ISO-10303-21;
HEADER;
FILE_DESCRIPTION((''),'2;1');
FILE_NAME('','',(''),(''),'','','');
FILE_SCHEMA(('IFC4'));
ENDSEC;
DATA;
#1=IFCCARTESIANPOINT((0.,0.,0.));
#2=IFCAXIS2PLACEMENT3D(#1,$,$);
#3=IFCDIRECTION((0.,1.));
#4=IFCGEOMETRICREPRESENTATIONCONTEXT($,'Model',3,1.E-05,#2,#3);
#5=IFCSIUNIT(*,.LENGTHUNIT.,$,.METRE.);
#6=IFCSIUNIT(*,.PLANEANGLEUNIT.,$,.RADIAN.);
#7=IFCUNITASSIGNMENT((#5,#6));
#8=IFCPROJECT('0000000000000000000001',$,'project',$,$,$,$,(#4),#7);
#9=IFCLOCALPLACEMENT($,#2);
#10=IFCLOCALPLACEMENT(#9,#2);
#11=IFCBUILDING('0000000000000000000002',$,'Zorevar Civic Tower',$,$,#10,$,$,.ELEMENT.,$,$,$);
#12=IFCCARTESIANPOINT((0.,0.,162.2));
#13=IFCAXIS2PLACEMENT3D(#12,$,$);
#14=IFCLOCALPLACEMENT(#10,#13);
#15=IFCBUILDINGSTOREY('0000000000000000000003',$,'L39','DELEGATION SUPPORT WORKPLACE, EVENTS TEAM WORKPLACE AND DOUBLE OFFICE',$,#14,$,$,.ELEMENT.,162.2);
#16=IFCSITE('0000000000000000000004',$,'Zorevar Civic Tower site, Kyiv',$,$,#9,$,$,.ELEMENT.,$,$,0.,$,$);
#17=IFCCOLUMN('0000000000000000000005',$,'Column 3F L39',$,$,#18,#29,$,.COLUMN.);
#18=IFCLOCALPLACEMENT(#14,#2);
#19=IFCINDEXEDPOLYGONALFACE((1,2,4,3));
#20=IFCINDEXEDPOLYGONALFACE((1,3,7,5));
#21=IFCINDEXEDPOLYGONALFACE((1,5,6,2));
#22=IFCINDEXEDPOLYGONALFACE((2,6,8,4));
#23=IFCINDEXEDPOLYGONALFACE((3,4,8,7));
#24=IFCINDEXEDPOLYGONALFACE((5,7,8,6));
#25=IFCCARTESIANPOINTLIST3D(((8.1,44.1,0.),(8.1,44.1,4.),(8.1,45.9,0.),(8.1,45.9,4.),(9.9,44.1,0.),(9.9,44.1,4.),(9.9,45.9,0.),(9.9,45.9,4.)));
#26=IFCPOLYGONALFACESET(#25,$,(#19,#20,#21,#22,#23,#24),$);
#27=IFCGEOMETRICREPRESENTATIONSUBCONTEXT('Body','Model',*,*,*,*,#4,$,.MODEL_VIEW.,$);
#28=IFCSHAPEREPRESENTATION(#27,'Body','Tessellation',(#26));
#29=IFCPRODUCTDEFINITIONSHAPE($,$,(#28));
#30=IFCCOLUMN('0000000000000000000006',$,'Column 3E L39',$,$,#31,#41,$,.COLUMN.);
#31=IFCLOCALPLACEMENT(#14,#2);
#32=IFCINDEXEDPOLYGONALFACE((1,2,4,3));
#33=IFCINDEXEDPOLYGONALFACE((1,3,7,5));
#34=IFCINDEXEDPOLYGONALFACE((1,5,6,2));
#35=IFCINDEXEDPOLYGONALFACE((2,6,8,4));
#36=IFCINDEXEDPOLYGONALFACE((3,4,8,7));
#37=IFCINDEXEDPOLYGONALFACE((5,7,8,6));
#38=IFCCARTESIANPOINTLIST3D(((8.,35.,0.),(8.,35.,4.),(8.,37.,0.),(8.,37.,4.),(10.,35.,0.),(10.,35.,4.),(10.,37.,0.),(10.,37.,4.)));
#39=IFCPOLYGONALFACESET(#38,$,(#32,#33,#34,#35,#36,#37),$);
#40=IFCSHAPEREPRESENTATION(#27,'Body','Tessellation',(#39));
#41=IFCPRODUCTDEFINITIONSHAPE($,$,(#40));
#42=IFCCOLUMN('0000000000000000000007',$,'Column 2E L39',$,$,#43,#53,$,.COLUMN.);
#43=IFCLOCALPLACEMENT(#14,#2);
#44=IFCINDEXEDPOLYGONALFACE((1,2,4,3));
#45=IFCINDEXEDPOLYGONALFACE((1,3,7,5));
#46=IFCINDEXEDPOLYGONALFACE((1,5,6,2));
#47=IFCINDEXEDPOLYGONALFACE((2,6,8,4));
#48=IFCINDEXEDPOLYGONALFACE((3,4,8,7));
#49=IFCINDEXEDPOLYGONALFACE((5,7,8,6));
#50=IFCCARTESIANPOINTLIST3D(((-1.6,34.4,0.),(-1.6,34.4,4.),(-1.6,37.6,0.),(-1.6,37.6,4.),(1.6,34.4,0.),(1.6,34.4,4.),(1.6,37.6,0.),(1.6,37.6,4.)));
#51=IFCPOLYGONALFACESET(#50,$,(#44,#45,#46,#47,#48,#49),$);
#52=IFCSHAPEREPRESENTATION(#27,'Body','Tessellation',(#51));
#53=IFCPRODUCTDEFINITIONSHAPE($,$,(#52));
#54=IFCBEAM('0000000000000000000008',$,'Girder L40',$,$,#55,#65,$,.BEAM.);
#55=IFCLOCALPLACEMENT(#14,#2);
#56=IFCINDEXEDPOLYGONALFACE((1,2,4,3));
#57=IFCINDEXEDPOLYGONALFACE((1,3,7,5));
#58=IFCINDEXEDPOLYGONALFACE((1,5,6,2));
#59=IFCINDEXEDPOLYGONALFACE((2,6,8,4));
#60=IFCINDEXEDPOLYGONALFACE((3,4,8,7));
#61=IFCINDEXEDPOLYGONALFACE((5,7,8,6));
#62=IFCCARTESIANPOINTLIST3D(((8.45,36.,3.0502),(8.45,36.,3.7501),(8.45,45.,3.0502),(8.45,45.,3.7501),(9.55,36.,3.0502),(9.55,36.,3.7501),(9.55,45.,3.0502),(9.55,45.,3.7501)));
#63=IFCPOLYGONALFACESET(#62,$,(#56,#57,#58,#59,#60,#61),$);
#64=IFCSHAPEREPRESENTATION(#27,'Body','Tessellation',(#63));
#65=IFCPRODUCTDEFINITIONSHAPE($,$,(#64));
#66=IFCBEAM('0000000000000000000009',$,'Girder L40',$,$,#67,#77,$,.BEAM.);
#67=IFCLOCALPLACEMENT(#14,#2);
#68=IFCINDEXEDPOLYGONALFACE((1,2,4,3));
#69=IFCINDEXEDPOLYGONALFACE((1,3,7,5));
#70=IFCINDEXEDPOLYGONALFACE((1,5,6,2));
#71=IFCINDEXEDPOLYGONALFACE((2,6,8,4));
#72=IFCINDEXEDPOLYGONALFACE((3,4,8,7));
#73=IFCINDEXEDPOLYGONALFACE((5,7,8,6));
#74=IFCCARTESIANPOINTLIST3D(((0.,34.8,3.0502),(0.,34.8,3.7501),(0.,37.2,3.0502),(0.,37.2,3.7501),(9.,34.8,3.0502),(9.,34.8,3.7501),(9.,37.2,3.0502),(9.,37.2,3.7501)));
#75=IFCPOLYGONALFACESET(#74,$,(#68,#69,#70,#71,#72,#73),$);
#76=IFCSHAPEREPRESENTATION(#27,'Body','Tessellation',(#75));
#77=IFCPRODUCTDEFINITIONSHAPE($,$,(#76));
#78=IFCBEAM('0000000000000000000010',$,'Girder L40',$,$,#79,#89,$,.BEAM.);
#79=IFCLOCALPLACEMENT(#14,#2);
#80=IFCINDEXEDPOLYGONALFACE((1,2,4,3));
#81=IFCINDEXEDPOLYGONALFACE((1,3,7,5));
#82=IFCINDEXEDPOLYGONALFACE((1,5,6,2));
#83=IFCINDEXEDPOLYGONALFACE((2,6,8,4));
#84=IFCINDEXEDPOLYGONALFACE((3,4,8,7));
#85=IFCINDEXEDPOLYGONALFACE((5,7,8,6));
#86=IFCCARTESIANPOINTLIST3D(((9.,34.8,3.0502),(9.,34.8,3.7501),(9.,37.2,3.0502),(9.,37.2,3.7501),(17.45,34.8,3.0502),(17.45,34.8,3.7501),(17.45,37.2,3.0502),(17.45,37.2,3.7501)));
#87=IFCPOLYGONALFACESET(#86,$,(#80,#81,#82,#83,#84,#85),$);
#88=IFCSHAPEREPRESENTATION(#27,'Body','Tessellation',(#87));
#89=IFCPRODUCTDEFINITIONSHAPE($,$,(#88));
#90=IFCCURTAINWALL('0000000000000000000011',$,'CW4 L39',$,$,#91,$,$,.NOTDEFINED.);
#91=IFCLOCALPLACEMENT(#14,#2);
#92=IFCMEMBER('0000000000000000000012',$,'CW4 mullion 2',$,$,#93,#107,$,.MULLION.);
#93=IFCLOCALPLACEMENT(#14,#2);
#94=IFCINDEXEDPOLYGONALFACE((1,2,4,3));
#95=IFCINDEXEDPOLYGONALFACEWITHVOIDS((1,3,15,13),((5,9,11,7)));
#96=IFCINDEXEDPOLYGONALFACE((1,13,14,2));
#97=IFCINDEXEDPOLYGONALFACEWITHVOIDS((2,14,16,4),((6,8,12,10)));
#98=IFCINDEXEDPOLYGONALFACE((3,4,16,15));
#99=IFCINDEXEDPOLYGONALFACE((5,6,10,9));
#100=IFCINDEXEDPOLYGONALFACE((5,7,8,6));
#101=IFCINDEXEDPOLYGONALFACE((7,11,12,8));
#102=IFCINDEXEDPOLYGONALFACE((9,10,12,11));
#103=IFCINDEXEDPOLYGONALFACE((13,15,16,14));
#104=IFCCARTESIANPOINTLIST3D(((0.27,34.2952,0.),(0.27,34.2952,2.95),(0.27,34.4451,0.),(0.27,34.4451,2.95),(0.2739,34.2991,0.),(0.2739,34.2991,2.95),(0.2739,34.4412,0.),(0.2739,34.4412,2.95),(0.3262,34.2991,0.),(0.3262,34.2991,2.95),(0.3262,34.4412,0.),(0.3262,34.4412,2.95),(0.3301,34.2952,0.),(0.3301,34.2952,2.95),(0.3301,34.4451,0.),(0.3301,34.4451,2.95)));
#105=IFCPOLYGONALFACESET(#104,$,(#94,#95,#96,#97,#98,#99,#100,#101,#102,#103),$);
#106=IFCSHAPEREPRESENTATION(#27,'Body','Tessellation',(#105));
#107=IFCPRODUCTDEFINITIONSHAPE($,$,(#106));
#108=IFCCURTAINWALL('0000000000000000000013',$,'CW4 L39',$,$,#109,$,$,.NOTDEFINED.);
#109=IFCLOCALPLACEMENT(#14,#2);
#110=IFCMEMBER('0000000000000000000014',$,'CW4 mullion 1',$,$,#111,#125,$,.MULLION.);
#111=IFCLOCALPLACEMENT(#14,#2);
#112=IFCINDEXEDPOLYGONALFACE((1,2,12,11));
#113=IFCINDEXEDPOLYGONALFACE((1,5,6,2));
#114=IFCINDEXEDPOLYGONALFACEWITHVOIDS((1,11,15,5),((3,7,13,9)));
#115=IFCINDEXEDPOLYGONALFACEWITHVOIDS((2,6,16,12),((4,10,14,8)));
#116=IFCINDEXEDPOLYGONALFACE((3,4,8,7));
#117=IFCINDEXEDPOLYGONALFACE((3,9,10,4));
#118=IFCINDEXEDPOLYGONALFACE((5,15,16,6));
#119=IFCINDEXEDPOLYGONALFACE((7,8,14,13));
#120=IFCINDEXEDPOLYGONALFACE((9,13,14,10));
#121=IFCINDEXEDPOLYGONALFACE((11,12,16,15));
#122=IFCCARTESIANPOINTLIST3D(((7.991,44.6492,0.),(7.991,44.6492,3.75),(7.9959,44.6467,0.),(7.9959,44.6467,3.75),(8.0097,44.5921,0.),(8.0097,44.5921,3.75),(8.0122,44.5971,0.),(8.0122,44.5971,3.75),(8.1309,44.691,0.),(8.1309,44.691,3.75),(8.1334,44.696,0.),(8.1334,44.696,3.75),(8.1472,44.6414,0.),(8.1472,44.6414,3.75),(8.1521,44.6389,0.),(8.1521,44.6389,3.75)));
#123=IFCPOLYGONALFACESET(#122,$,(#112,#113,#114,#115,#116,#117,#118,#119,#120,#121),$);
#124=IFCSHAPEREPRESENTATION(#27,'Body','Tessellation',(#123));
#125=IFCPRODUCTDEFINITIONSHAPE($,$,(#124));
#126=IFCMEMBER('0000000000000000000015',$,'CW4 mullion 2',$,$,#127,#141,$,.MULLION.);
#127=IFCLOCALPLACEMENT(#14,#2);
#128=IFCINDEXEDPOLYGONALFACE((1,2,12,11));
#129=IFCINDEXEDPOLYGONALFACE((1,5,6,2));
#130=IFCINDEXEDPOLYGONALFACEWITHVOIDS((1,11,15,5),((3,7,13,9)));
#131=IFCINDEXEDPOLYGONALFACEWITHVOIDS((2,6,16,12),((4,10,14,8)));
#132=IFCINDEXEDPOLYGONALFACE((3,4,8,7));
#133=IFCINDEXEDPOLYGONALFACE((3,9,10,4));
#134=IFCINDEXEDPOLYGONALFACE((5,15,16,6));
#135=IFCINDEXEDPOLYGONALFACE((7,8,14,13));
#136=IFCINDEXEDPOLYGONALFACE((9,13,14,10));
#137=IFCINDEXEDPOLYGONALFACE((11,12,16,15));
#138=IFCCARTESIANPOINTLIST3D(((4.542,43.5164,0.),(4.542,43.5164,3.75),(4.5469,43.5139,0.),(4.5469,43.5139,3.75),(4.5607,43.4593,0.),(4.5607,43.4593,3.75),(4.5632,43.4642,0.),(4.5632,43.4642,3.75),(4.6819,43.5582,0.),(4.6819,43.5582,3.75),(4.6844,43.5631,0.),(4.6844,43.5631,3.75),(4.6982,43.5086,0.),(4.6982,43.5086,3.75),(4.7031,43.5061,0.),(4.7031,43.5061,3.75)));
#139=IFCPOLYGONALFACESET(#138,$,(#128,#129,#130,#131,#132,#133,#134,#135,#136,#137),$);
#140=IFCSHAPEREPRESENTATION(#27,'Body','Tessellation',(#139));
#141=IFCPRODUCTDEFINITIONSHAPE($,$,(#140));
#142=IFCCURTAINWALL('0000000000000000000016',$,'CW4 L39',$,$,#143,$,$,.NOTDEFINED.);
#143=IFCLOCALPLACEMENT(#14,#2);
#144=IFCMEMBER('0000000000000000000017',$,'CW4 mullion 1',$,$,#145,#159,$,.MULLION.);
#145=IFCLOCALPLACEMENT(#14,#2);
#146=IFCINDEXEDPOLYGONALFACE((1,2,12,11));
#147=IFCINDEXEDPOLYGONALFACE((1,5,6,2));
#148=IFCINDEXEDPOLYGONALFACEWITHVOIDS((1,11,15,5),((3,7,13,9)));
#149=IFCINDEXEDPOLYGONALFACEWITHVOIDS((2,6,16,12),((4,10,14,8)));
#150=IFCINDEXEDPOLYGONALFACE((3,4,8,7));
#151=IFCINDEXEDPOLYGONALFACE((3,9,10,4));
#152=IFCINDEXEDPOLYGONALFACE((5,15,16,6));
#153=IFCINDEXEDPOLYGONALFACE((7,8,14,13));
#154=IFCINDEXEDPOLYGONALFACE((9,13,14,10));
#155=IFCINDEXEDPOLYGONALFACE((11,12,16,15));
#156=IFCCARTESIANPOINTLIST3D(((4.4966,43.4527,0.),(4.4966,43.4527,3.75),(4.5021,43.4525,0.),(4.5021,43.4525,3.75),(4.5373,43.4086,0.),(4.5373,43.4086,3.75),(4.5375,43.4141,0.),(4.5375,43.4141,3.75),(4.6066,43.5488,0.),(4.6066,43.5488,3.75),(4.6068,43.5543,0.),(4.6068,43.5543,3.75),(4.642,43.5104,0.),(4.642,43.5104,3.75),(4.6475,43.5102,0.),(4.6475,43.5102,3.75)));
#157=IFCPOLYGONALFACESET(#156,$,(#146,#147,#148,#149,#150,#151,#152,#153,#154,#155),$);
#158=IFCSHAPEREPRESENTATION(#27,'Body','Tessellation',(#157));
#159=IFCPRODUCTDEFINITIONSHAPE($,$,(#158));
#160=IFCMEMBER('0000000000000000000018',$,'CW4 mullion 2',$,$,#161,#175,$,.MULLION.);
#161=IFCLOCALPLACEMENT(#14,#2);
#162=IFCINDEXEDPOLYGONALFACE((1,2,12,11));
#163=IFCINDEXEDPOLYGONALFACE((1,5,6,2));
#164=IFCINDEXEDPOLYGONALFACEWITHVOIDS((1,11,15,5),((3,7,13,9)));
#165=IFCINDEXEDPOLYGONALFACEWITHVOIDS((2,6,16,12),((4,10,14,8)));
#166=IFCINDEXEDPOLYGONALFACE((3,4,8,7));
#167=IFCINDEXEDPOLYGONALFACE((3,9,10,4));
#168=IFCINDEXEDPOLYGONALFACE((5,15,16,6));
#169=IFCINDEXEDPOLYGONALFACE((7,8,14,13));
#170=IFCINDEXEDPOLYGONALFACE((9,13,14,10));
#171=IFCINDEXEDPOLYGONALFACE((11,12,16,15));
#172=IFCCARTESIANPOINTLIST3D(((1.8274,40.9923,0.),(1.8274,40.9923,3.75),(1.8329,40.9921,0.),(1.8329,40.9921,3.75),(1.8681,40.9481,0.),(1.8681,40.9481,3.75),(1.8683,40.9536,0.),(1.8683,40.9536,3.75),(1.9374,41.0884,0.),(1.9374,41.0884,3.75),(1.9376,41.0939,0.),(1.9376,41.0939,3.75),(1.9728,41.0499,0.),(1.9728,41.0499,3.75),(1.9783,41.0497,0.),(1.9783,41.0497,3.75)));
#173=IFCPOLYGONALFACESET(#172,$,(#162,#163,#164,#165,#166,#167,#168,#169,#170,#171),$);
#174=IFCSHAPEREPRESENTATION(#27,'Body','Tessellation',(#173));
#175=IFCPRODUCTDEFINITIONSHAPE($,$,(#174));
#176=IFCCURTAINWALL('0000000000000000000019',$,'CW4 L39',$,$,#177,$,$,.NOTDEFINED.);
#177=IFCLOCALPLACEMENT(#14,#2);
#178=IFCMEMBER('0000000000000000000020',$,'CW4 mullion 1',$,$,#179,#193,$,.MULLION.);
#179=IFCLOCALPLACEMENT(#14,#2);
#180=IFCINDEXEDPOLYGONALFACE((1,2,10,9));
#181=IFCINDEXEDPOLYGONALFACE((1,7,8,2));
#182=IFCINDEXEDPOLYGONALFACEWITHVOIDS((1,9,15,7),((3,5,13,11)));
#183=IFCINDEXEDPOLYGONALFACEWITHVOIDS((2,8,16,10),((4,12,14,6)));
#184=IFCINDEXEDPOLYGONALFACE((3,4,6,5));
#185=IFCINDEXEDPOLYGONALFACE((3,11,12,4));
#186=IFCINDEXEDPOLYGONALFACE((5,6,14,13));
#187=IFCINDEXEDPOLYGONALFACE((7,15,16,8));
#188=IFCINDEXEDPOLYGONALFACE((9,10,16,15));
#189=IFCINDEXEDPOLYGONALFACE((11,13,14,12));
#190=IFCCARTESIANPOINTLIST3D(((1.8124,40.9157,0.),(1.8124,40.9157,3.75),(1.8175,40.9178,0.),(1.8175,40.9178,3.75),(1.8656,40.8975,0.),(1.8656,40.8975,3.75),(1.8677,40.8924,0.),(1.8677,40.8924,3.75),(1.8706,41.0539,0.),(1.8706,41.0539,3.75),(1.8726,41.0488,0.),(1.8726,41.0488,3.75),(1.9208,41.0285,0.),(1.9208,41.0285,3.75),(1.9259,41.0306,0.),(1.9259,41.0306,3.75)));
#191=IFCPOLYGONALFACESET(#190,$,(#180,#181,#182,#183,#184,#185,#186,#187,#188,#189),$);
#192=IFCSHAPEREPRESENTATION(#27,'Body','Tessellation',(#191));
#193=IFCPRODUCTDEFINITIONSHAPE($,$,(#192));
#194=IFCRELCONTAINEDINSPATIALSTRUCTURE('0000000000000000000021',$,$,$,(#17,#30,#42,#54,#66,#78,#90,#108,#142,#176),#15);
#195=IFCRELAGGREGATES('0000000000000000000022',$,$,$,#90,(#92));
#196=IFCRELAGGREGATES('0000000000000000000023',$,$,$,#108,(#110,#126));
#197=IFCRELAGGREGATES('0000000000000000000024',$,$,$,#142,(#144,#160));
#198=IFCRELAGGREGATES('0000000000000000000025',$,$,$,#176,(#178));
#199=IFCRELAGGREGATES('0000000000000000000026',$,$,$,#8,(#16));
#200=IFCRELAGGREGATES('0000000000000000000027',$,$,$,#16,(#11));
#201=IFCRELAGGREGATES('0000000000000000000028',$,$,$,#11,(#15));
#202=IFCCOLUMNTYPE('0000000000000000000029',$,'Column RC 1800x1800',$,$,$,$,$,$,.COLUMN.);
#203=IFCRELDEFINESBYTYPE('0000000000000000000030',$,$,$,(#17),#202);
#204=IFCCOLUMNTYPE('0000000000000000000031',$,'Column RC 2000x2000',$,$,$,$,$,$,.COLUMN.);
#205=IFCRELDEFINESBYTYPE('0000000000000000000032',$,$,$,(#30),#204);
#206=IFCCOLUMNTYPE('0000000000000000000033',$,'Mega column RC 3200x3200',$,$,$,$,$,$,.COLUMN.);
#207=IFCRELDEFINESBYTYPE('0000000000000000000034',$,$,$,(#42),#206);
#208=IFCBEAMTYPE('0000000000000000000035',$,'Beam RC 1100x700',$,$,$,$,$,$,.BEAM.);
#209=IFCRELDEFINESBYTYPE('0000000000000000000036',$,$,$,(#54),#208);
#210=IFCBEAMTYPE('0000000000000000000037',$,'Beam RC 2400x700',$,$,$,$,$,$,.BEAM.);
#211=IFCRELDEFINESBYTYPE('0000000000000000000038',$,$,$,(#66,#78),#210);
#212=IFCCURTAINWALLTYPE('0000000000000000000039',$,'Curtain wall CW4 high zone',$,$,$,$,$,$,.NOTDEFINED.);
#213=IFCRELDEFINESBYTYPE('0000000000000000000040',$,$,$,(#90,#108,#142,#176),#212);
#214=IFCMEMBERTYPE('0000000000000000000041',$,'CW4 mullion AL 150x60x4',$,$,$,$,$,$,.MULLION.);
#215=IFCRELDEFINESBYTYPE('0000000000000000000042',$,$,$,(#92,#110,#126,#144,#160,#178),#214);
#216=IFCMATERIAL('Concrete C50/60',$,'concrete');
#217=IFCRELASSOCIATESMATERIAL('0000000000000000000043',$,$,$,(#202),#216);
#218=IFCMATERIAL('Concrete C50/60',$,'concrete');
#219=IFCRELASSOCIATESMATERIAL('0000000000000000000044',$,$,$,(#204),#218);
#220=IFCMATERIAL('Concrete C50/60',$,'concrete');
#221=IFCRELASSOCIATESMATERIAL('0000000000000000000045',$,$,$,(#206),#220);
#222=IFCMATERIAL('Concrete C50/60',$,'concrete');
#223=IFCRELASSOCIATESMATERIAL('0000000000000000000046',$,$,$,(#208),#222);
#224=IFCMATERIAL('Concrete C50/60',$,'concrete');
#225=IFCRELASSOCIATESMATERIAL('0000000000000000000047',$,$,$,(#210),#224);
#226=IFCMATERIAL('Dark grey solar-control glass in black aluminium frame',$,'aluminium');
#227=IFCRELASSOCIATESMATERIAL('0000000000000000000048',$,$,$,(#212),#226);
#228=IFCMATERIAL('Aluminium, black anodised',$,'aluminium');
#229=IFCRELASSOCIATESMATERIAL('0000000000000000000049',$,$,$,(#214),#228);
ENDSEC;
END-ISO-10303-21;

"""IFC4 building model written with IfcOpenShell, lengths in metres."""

from ifc_helpers import new_model, si_unit, direction, frame, origin, origin_2d, place, context, subcontext, project, spatial, rectangle, hollow_rectangle, extrude, material, material_profile, profile_set, type_object, element, aggregate, save


model = new_model("IFC4")

# Units and contexts
model_context = context("Model", 3, precision=1e-05, world=origin(), true_north=direction((0.0, 1.0)))
body_context = subcontext(model_context, "Body", "Model", "MODEL_VIEW")
ifc_project = project(units=[si_unit("LENGTHUNIT", "METRE"), si_unit("PLANEANGLEUNIT", "RADIAN")], contexts=[model_context])

# Site, building, storey
site_placement = place(None, origin())
site = spatial("IfcSite", under=ifc_project, at=site_placement, Name="Zorevar Civic Tower site, Kyiv", CompositionType="ELEMENT", RefElevation=0.0)
building_placement = place(site_placement, origin())
building = spatial("IfcBuilding", under=site, at=building_placement, Name="Zorevar Civic Tower", CompositionType="ELEMENT")
storey_placement = place(building_placement, frame((0.0, 0.0, 162.2)))
storey = spatial("IfcBuildingStorey", under=building, at=storey_placement, Name="L39", Description="DELEGATION SUPPORT WORKPLACE, EVENTS TEAM WORKPLACE AND DOUBLE OFFICE", CompositionType="ELEMENT", Elevation=162.2)

# Columns
ifc_material_1 = material(Name="Concrete C50/60", Category="concrete")
ifc_material_profile_1 = material_profile(ifc_material_1, rectangle(XDim=1.8, YDim=1.8, at=origin_2d()), Name="RC 1800x1800")
ifc_profile_set_1 = profile_set([ifc_material_profile_1], Name="Concrete C50/60")
column_type_1 = type_object("IfcColumnType", Name="Column RC 1800x1800", PredefinedType="COLUMN", material=ifc_profile_set_1)
column_1_placement = place(storey_placement, frame((9.0, 45.0, 0.0), z_axis=(0.0, 0.0, 1.0), x_axis=(1.0, 0.0, 0.0)))
element("IfcColumn", 1, at=column_1_placement, inside=storey, type_object=column_type_1, Name="Column 3F L39", PredefinedType="COLUMN", context=body_context, shape_type="SweptSolid", body=[
    extrude(rectangle(XDim=1.8, YDim=1.8, at=origin_2d()), origin(), (0.0, 0.0, 1.0), 4.0),
])
ifc_material_2 = material(Name="Concrete C50/60", Category="concrete")
ifc_material_profile_2 = material_profile(ifc_material_2, rectangle(XDim=2.0, YDim=2.0, at=origin_2d()), Name="RC 2000x2000")
ifc_profile_set_2 = profile_set([ifc_material_profile_2], Name="Concrete C50/60")
column_type_2 = type_object("IfcColumnType", Name="Column RC 2000x2000", PredefinedType="COLUMN", material=ifc_profile_set_2)
column_2_placement = place(storey_placement, frame((9.0, 36.0, 0.0), z_axis=(0.0, 0.0, 1.0), x_axis=(1.0, 0.0, 0.0)))
element("IfcColumn", 2, at=column_2_placement, inside=storey, type_object=column_type_2, Name="Column 3E L39", PredefinedType="COLUMN", context=body_context, shape_type="SweptSolid", body=[
    extrude(rectangle(XDim=2.0, YDim=2.0, at=origin_2d()), origin(), (0.0, 0.0, 1.0), 4.0),
])
ifc_material_3 = material(Name="Concrete C50/60", Category="concrete")
ifc_material_profile_3 = material_profile(ifc_material_3, rectangle(XDim=3.2, YDim=3.2, at=origin_2d()), Name="RC 3200x3200")
ifc_profile_set_3 = profile_set([ifc_material_profile_3], Name="Concrete C50/60")
column_type_3 = type_object("IfcColumnType", Name="Mega column RC 3200x3200", PredefinedType="COLUMN", material=ifc_profile_set_3)
column_3_placement = place(storey_placement, frame((0.0, 36.0, 0.0), z_axis=(0.0, 0.0, 1.0), x_axis=(1.0, 0.0, 0.0)))
element("IfcColumn", 3, at=column_3_placement, inside=storey, type_object=column_type_3, Name="Column 2E L39", PredefinedType="COLUMN", context=body_context, shape_type="SweptSolid", body=[
    extrude(rectangle(XDim=3.2, YDim=3.2, at=origin_2d()), origin(), (0.0, 0.0, 1.0), 4.0),
])

# Beams
ifc_material_4 = material(Name="Concrete C50/60", Category="concrete")
ifc_material_profile_4 = material_profile(ifc_material_4, rectangle(XDim=1.1001, YDim=0.7, at=origin_2d()), Name="RC 1100x700")
ifc_profile_set_4 = profile_set([ifc_material_profile_4], Name="Concrete C50/60")
beam_type_1 = type_object("IfcBeamType", Name="Beam RC 1100x700", PredefinedType="BEAM", material=ifc_profile_set_4)
beam_1_placement = place(storey_placement, frame((9.0, 36.0, 3.4001), z_axis=(0.0, 1.0, 0.0), x_axis=(-1.0, 0.0, 0.0)))
element("IfcBeam", 4, at=beam_1_placement, inside=storey, type_object=beam_type_1, Name="Girder L40", PredefinedType="BEAM", context=body_context, shape_type="SweptSolid", body=[
    extrude(rectangle(XDim=1.1001, YDim=0.7, at=origin_2d()), origin(), (0.0, 0.0, 1.0), 9.0),
])
ifc_material_5 = material(Name="Concrete C50/60", Category="concrete")
ifc_material_profile_5 = material_profile(ifc_material_5, rectangle(XDim=2.3999, YDim=0.7, at=origin_2d()), Name="RC 2400x700")
ifc_profile_set_5 = profile_set([ifc_material_profile_5], Name="Concrete C50/60")
beam_type_2 = type_object("IfcBeamType", Name="Beam RC 2400x700", PredefinedType="BEAM", material=ifc_profile_set_5)
beam_2_placement = place(storey_placement, frame((0.0, 36.0, 3.4001), z_axis=(1.0, 0.0, 0.0), x_axis=(0.0, 1.0, 0.0)))
element("IfcBeam", 5, at=beam_2_placement, inside=storey, type_object=beam_type_2, Name="Girder L40", PredefinedType="BEAM", context=body_context, shape_type="SweptSolid", body=[
    extrude(rectangle(XDim=2.3999, YDim=0.7, at=origin_2d()), origin(), (0.0, 0.0, 1.0), 9.0),
])
beam_3_placement = place(storey_placement, frame((9.0, 36.0, 3.4001), z_axis=(1.0, 0.0, 0.0), x_axis=(0.0, 1.0, 0.0)))
element("IfcBeam", 6, at=beam_3_placement, inside=storey, type_object=beam_type_2, Name="Girder L40", PredefinedType="BEAM", context=body_context, shape_type="SweptSolid", body=[
    extrude(rectangle(XDim=2.3999, YDim=0.7, at=origin_2d()), origin(), (0.0, 0.0, 1.0), 8.45),
])

# Curtain wall, member
ifc_material_6 = material(Name="Dark grey solar-control glass in black aluminium frame", Category="aluminium")
curtain_wall_type = type_object("IfcCurtainWallType", Name="Curtain wall CW4 high zone", PredefinedType="NOTDEFINED", material=ifc_material_6)
curtain_wall_1_placement = place(storey_placement, origin())
curtain_wall_1 = element("IfcCurtainWall", 7, at=curtain_wall_1_placement, inside=storey, type_object=curtain_wall_type, Name="CW4 L39", PredefinedType="NOTDEFINED")
ifc_material_7 = material(Name="Aluminium, black anodised", Category="aluminium")
ifc_material_profile_6 = material_profile(ifc_material_7, hollow_rectangle(XDim=0.0601, YDim=0.1499, WallThickness=0.0039, at=origin_2d()), Name="AL 150x60x4")
ifc_profile_set_6 = profile_set([ifc_material_profile_6], Name="Aluminium, black anodised")
member_type_1 = type_object("IfcMemberType", Name="CW4 mullion AL 150x60x4", PredefinedType="MULLION", material=ifc_profile_set_6)
member_1_placement = place(storey_placement, frame((0.3, 34.3701, 0.0), z_axis=(0.0, 0.0, 1.0), x_axis=(-1.0, 0.0, 0.0)))
member_1 = element("IfcMember", 8, at=member_1_placement, type_object=member_type_1, Name="CW4 mullion 2", PredefinedType="MULLION", context=body_context, shape_type="SweptSolid", body=[
    extrude(hollow_rectangle(XDim=0.0601, YDim=0.1499, WallThickness=0.0039, at=origin_2d()), origin(), (0.0, 0.0, 1.0), 2.95),
])
aggregate(curtain_wall_1, [member_1])

# Curtain walls, members
curtain_wall_2_placement = place(storey_placement, origin())
curtain_wall_2 = element("IfcCurtainWall", 9, at=curtain_wall_2_placement, inside=storey, type_object=curtain_wall_type, Name="CW4 L39", PredefinedType="NOTDEFINED")
member_2_placement = place(storey_placement, frame((8.0715, 44.644, 0.0), z_axis=(0.0, 0.0, 1.0), x_axis=(0.312036, -0.95007, 0.0)))
member_2 = element("IfcMember", 10, at=member_2_placement, type_object=member_type_1, Name="CW4 mullion 1", PredefinedType="MULLION", context=body_context, shape_type="SweptSolid", body=[
    extrude(hollow_rectangle(XDim=0.0601, YDim=0.1499, WallThickness=0.0039, at=origin_2d()), origin(), (0.0, 0.0, 1.0), 3.75),
])
member_3_placement = place(storey_placement, frame((4.6226, 43.5112, 0.0), z_axis=(0.0, 0.0, 1.0), x_axis=(0.312036, -0.95007, 0.0)))
member_3 = element("IfcMember", 11, at=member_3_placement, type_object=member_type_1, Name="CW4 mullion 2", PredefinedType="MULLION", context=body_context, shape_type="SweptSolid", body=[
    extrude(hollow_rectangle(XDim=0.0601, YDim=0.1499, WallThickness=0.0039, at=origin_2d()), origin(), (0.0, 0.0, 1.0), 3.75),
])
curtain_wall_3_placement = place(storey_placement, origin())
curtain_wall_3 = element("IfcCurtainWall", 12, at=curtain_wall_3_placement, inside=storey, type_object=curtain_wall_type, Name="CW4 L39", PredefinedType="NOTDEFINED")
member_4_placement = place(storey_placement, frame((4.572, 43.4814, 0.0), z_axis=(0.0, 0.0, 1.0), x_axis=(0.677777, -0.735267, 0.0)))
member_4 = element("IfcMember", 13, at=member_4_placement, type_object=member_type_1, Name="CW4 mullion 1", PredefinedType="MULLION", context=body_context, shape_type="SweptSolid", body=[
    extrude(hollow_rectangle(XDim=0.0601, YDim=0.1499, WallThickness=0.0039, at=origin_2d()), origin(), (0.0, 0.0, 1.0), 3.75),
])
member_5_placement = place(storey_placement, frame((1.9028, 41.021, 0.0), z_axis=(0.0, 0.0, 1.0), x_axis=(0.677777, -0.735267, 0.0)))
member_5 = element("IfcMember", 14, at=member_5_placement, type_object=member_type_1, Name="CW4 mullion 2", PredefinedType="MULLION", context=body_context, shape_type="SweptSolid", body=[
    extrude(hollow_rectangle(XDim=0.0601, YDim=0.1499, WallThickness=0.0039, at=origin_2d()), origin(), (0.0, 0.0, 1.0), 3.75),
])
curtain_wall_4_placement = place(storey_placement, origin())
curtain_wall_4 = element("IfcCurtainWall", 15, at=curtain_wall_4_placement, inside=storey, type_object=curtain_wall_type, Name="CW4 L39", PredefinedType="NOTDEFINED")
member_6_placement = place(storey_placement, frame((1.8691, 40.9731, 0.0), z_axis=(0.0, 0.0, 1.0), x_axis=(0.921582, -0.388184, 0.0)))
member_6 = element("IfcMember", 16, at=member_6_placement, type_object=member_type_1, Name="CW4 mullion 1", PredefinedType="MULLION", context=body_context, shape_type="SweptSolid", body=[
    extrude(hollow_rectangle(XDim=0.0601, YDim=0.1499, WallThickness=0.0039, at=origin_2d()), origin(), (0.0, 0.0, 1.0), 3.75),
])

aggregate(curtain_wall_2, [member_2, member_3])
aggregate(curtain_wall_3, [member_4, member_5])
aggregate(curtain_wall_4, [member_6])

save(model, "model.ifc")
